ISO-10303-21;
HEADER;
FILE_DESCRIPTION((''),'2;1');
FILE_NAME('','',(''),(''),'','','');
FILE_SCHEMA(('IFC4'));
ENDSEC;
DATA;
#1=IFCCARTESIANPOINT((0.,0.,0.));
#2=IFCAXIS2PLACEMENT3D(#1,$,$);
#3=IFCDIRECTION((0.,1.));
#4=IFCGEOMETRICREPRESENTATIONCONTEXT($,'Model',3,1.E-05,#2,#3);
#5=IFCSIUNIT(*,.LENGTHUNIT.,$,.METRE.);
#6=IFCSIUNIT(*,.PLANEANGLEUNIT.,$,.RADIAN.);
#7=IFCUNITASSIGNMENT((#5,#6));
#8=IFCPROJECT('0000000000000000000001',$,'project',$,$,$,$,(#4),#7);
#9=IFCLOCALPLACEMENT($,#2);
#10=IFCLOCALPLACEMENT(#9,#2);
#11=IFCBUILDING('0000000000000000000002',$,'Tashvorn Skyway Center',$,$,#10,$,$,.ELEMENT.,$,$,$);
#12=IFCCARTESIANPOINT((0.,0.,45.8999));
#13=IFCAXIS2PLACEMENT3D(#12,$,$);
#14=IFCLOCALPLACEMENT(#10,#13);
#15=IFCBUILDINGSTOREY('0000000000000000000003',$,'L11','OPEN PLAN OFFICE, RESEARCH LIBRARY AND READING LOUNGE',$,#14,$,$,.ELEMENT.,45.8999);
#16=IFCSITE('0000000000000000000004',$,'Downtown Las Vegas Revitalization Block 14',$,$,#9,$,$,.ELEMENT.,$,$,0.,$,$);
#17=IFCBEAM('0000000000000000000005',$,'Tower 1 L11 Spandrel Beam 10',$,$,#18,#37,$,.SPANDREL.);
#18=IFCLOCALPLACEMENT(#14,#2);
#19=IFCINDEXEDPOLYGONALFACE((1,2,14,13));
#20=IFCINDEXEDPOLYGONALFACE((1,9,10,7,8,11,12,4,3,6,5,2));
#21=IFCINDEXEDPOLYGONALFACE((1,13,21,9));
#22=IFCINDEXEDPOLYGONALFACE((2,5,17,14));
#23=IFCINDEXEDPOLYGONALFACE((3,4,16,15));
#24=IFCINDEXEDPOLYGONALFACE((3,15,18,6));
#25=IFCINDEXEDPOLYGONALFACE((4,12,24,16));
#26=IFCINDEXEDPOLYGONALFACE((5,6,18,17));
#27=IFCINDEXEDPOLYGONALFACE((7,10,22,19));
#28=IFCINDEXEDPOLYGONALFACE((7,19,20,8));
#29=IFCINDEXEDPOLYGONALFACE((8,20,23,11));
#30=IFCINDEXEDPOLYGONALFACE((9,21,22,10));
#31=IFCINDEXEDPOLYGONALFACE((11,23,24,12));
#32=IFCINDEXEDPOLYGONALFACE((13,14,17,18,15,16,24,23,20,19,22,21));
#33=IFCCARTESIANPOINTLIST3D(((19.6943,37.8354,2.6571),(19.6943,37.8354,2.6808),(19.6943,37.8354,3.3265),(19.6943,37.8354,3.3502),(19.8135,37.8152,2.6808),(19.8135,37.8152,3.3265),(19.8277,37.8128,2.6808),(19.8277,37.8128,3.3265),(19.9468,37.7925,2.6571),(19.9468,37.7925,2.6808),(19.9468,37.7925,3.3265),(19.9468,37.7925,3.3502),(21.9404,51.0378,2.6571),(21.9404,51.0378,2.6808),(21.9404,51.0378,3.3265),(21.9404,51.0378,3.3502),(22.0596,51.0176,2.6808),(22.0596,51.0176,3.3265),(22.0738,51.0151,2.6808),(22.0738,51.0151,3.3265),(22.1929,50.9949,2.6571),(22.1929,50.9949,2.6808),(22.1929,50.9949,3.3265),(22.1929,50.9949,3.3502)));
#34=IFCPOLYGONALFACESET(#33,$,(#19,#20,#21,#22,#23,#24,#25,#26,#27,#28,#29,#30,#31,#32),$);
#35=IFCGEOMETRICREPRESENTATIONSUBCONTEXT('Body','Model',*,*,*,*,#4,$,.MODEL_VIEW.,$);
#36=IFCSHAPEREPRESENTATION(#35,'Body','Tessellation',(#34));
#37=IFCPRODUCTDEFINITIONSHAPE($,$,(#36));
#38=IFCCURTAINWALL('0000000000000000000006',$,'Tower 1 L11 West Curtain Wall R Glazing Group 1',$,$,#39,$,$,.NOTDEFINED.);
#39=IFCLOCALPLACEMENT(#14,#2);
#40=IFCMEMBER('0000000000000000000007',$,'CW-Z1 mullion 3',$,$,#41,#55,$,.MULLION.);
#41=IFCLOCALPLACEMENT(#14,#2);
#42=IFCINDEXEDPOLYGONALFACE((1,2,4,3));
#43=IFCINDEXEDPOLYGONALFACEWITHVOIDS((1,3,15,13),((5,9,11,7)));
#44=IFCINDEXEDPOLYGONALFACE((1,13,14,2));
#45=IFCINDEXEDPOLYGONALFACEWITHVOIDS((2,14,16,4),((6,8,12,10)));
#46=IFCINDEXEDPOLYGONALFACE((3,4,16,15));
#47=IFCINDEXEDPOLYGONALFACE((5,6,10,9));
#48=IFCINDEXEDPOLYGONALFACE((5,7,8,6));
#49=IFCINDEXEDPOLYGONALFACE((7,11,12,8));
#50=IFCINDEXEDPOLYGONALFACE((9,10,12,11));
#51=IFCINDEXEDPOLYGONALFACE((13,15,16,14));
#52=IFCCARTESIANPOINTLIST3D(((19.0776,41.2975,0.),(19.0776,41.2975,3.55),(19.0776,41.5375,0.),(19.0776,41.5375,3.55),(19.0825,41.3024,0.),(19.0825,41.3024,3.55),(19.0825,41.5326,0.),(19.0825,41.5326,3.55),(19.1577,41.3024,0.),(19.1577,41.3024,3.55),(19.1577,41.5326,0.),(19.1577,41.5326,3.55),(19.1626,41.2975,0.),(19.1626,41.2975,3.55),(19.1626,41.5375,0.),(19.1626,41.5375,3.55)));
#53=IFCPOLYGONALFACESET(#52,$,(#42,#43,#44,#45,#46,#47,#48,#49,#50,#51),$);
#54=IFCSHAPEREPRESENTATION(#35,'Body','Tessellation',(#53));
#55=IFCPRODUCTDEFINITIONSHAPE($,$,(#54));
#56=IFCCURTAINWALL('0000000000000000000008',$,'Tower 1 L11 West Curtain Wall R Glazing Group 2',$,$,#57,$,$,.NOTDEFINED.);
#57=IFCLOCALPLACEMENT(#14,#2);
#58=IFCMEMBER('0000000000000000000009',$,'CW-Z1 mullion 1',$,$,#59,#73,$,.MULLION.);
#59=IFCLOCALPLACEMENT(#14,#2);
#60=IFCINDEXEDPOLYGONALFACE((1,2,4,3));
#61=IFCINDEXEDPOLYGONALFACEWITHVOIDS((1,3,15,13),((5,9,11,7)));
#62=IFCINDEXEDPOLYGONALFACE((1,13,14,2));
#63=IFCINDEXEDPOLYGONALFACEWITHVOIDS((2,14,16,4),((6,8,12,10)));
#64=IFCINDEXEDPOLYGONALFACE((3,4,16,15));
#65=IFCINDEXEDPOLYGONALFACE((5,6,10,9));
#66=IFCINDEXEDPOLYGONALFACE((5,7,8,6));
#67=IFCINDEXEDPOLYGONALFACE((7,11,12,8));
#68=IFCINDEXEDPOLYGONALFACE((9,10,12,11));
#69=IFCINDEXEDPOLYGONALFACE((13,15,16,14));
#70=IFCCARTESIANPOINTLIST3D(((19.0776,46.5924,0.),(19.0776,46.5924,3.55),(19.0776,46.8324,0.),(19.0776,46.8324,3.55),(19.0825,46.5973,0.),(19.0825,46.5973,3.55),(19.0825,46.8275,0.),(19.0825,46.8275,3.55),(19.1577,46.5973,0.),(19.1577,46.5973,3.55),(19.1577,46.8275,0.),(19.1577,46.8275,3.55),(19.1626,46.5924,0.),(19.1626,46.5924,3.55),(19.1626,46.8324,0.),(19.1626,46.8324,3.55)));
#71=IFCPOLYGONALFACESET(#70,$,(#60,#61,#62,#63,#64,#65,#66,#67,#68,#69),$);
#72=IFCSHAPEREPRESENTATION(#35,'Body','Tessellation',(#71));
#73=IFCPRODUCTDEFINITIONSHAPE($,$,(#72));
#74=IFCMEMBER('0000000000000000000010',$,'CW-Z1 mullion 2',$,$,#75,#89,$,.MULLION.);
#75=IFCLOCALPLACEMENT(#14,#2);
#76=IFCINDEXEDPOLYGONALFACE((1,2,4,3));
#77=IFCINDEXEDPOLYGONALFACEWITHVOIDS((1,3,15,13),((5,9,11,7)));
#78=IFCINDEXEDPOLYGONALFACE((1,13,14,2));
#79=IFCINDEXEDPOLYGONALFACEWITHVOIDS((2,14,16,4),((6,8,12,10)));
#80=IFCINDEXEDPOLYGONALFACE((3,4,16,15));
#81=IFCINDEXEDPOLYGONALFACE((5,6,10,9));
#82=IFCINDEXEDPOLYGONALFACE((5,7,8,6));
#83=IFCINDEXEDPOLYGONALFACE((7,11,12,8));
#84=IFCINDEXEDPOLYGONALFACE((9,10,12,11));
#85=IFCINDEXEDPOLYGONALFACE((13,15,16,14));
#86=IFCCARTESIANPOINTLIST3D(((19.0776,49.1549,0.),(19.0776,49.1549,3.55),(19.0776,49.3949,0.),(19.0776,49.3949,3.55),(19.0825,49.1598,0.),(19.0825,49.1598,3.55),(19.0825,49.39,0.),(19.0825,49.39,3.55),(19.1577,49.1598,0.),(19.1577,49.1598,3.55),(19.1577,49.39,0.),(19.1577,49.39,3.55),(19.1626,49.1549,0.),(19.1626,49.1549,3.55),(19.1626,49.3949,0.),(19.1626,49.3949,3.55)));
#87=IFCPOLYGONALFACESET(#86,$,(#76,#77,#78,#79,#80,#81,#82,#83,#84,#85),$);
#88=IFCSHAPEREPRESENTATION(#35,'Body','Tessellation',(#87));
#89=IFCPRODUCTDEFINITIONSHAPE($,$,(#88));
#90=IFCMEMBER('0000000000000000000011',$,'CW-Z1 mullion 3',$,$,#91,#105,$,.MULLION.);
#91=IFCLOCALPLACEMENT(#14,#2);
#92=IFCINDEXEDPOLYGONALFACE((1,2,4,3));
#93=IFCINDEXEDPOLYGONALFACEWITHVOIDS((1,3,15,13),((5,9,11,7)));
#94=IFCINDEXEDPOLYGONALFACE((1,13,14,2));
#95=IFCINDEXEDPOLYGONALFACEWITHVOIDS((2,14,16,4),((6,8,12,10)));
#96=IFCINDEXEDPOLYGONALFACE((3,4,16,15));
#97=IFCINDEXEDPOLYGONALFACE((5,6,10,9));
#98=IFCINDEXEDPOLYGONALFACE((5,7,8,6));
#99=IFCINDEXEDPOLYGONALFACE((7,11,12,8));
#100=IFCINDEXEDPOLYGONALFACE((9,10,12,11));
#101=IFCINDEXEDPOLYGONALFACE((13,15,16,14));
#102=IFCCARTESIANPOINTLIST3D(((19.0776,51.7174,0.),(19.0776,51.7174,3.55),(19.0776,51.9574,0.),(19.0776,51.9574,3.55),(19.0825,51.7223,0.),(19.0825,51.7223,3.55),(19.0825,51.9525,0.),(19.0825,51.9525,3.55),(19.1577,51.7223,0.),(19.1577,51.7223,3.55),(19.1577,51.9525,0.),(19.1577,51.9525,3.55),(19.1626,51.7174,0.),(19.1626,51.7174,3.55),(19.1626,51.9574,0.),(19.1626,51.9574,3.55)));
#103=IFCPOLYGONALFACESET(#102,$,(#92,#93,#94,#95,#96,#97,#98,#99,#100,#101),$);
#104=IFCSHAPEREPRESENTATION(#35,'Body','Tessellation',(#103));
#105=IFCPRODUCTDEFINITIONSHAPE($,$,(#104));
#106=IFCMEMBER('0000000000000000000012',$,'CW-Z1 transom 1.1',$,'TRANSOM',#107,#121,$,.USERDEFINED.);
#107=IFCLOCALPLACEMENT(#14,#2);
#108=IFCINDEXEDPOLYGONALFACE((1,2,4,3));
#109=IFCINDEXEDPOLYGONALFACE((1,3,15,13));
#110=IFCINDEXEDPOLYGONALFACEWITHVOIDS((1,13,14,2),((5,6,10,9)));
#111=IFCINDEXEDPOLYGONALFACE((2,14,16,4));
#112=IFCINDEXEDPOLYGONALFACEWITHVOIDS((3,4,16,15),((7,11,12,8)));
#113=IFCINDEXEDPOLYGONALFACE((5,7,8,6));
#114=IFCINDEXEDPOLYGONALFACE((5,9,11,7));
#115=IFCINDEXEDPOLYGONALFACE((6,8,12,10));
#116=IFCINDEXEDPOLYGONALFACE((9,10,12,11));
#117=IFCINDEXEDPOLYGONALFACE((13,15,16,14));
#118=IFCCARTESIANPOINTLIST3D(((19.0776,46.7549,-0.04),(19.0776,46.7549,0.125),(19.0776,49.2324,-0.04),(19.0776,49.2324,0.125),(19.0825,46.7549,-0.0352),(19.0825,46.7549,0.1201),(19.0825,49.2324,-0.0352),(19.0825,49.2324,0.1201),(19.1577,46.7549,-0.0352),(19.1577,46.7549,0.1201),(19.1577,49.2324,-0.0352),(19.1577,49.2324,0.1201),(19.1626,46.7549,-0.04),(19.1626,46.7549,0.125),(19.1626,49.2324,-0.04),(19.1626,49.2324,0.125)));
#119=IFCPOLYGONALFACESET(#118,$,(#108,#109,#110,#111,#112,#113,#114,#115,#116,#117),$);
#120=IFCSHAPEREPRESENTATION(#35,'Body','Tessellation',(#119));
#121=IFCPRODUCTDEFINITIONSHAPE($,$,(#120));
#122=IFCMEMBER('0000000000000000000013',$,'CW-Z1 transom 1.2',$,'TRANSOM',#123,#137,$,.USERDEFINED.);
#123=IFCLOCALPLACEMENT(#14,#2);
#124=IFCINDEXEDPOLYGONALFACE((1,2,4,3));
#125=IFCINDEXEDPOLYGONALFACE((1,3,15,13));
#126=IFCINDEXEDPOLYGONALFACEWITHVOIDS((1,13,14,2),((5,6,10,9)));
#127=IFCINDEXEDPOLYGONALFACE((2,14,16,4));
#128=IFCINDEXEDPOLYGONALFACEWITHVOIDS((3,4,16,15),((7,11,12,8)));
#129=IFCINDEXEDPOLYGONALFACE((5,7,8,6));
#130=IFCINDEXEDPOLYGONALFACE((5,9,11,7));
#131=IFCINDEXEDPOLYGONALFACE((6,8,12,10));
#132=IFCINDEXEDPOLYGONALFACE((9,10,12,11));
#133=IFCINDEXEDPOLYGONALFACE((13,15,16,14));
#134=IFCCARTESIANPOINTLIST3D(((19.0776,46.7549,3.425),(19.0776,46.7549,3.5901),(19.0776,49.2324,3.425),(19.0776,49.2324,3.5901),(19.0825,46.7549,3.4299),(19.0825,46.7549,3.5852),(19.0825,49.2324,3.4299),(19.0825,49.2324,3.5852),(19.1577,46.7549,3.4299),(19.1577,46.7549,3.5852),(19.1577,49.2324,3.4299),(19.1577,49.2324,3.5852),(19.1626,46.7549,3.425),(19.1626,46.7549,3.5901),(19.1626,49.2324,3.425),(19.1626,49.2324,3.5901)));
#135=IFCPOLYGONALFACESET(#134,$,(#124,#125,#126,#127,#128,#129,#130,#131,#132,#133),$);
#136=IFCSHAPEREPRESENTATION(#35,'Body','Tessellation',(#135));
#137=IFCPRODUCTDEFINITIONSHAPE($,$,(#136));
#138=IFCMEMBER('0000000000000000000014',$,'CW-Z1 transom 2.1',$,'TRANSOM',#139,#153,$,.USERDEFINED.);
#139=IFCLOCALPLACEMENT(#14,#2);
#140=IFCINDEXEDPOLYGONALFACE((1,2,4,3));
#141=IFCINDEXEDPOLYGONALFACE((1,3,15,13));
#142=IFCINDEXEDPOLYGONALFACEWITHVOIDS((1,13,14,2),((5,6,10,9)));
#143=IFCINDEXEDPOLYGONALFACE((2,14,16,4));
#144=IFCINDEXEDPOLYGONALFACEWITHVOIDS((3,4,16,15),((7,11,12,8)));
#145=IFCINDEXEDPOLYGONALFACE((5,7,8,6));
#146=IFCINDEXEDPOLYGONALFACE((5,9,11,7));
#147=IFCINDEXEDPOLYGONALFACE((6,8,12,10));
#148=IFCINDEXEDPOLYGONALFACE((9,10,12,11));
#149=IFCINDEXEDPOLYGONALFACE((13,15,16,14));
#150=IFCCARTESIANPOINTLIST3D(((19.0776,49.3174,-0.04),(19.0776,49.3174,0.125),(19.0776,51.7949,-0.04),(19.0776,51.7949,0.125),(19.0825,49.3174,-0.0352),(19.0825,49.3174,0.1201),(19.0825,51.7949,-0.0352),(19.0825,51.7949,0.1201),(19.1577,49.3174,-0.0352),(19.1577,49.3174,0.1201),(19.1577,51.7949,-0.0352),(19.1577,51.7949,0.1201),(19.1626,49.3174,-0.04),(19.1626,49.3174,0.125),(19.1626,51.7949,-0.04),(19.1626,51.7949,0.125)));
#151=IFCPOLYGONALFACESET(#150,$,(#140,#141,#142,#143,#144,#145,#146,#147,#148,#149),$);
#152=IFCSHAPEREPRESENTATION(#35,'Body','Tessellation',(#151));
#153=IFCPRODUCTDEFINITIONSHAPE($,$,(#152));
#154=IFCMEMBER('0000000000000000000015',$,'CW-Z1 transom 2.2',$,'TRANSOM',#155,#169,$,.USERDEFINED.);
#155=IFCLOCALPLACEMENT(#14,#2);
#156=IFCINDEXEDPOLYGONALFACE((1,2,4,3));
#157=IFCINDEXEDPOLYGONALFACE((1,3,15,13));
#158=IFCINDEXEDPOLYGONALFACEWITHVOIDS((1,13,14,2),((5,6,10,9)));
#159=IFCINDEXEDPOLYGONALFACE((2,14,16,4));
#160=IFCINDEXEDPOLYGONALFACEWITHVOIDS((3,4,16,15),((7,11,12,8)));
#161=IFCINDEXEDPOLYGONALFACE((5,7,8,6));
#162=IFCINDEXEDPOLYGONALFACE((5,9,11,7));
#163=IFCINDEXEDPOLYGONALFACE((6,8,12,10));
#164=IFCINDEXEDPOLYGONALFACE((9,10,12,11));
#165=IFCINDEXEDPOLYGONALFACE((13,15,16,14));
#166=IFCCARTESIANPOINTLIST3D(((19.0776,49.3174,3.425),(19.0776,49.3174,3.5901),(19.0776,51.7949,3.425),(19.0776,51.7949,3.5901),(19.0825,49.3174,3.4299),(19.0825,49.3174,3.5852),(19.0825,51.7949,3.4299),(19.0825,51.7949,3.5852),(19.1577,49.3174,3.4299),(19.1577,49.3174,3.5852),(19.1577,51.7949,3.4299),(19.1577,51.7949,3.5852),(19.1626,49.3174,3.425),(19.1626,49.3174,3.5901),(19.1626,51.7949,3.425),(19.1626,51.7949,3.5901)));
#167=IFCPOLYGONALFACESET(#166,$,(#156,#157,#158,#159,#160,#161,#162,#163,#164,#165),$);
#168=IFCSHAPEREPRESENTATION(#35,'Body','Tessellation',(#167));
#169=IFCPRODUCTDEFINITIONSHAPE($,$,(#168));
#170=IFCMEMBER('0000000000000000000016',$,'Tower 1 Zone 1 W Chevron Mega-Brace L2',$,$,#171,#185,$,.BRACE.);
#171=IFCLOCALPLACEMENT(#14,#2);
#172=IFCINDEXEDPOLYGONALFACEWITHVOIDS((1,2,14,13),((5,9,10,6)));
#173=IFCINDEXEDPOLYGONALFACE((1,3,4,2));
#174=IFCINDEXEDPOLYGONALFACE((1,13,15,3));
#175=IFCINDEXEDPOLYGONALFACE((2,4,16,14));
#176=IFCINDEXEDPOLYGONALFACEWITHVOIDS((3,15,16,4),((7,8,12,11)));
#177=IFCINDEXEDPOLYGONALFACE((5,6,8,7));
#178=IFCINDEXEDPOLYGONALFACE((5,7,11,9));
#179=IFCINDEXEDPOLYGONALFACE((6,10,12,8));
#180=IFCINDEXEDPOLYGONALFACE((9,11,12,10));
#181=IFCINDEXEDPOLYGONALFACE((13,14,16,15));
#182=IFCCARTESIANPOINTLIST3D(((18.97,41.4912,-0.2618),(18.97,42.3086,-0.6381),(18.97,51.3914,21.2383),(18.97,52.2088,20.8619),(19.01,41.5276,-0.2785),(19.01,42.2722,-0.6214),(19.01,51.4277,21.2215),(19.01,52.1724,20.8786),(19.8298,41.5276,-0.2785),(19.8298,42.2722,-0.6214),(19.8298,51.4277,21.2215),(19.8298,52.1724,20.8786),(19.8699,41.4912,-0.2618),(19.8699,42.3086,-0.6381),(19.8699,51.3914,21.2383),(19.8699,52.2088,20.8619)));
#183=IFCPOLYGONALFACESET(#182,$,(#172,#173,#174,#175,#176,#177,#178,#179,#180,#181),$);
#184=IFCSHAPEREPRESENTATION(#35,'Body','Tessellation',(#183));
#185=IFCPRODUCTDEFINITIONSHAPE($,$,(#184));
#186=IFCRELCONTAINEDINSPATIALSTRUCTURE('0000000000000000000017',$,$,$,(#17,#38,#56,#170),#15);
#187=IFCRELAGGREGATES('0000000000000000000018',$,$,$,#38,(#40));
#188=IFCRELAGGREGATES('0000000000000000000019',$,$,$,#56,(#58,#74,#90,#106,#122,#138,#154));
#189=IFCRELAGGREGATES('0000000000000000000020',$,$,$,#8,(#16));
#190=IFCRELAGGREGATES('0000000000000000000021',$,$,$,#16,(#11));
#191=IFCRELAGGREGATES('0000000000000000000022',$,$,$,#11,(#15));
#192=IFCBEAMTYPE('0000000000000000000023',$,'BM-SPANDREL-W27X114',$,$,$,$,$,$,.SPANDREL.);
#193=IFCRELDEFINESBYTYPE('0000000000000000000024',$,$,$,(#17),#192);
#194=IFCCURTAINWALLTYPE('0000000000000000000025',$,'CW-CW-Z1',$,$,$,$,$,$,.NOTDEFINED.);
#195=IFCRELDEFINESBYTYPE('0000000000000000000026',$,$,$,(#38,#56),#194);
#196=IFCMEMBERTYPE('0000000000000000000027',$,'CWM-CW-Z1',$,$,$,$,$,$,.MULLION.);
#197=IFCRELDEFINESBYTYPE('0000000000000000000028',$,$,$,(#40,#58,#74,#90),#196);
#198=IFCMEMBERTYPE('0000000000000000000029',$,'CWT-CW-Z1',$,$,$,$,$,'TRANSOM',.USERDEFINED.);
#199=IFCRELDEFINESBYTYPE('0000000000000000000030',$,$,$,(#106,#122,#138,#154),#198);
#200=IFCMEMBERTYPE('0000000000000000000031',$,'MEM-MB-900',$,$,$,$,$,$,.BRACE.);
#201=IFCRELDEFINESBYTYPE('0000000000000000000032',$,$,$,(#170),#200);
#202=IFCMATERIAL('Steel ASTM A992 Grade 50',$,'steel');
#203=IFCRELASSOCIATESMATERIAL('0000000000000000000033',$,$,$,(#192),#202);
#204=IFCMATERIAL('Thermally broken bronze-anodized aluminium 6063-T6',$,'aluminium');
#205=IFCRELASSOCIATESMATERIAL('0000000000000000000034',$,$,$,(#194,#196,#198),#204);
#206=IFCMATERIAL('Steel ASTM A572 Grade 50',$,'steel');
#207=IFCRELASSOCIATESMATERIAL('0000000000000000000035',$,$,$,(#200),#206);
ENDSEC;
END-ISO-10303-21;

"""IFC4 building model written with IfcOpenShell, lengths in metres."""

from ifc_helpers import new_model, si_unit, direction, frame, origin, origin_2d, place, context, subcontext, project, spatial, hollow_rectangle, i_section, extrude, material, material_profile, profile_set, type_object, element, aggregate, save


model = new_model("IFC4")

# Units and contexts
model_context = context("Model", 3, precision=1e-05, world=origin(), true_north=direction((0.0, 1.0)))
body_context = subcontext(model_context, "Body", "Model", "MODEL_VIEW")
ifc_project = project(units=[si_unit("LENGTHUNIT", "METRE"), si_unit("PLANEANGLEUNIT", "RADIAN")], contexts=[model_context])

# Site, building, storey
site_placement = place(None, origin())
site = spatial("IfcSite", under=ifc_project, at=site_placement, Name="Downtown Las Vegas Revitalization Block 14", CompositionType="ELEMENT", RefElevation=0.0)
building_placement = place(site_placement, origin())
building = spatial("IfcBuilding", under=site, at=building_placement, Name="Tashvorn Skyway Center", CompositionType="ELEMENT")
storey_placement = place(building_placement, frame((0.0, 0.0, 45.8999)))
storey = spatial("IfcBuildingStorey", under=building, at=storey_placement, Name="L11", Description="OPEN PLAN OFFICE, RESEARCH LIBRARY AND READING LOUNGE", CompositionType="ELEMENT", Elevation=45.8999)

# Beam
ifc_material_1 = material(Name="Steel ASTM A992 Grade 50", Category="steel")
ifc_material_profile_1 = material_profile(ifc_material_1, i_section(OverallWidth=0.2561, OverallDepth=0.6931, WebThickness=0.0144, FlangeThickness=0.0237, at=origin_2d()), Name="W27X114")
ifc_profile_set_1 = profile_set([ifc_material_profile_1], Name="Steel ASTM A992 Grade 50")
beam_type = type_object("IfcBeamType", Name="BM-SPANDREL-W27X114", PredefinedType="SPANDREL", material=ifc_profile_set_1)
beam_placement = place(storey_placement, frame((22.0667, 51.0164, 3.0037), z_axis=(-0.167718, -0.985835, 0.0), x_axis=(0.985835, -0.167718, 0.0)))
element("IfcBeam", 1, at=beam_placement, inside=storey, type_object=beam_type, Name="Tower 1 L11 Spandrel Beam 10", PredefinedType="SPANDREL", context=body_context, shape_type="SweptSolid", body=[
    extrude(i_section(OverallWidth=0.2561, OverallDepth=0.6931, WebThickness=0.0144, FlangeThickness=0.0237, at=origin_2d()), origin(), (0.0, 0.0, 1.0), 13.3921),
])

# Curtain wall, member
ifc_material_2 = material(Name="Thermally broken bronze-anodized aluminium 6063-T6", Category="aluminium")
curtain_wall_type = type_object("IfcCurtainWallType", Name="CW-CW-Z1", PredefinedType="NOTDEFINED", material=ifc_material_2)
curtain_wall_1_placement = place(storey_placement, origin())
curtain_wall_1 = element("IfcCurtainWall", 2, at=curtain_wall_1_placement, inside=storey, type_object=curtain_wall_type, Name="Tower 1 L11 West Curtain Wall R Glazing Group 1", PredefinedType="NOTDEFINED")
ifc_material_profile_2 = material_profile(ifc_material_2, hollow_rectangle(XDim=0.085, YDim=0.24, WallThickness=0.0049, at=origin_2d()), Name="ALU-MULL-85x240")
ifc_profile_set_2 = profile_set([ifc_material_profile_2], Name="Thermally broken bronze-anodized aluminium 6063-T6")
member_type_1 = type_object("IfcMemberType", Name="CWM-CW-Z1", PredefinedType="MULLION", material=ifc_profile_set_2)
member_1_placement = place(storey_placement, frame((19.1201, 41.4175, 0.0), z_axis=(0.0, 0.0, 1.0), x_axis=(-1.0, 0.0, 0.0)))
member_1 = element("IfcMember", 3, at=member_1_placement, type_object=member_type_1, Name="CW-Z1 mullion 3", PredefinedType="MULLION", context=body_context, shape_type="SweptSolid", body=[
    extrude(hollow_rectangle(XDim=0.085, YDim=0.24, WallThickness=0.0049, at=origin_2d()), origin(), (0.0, 0.0, 1.0), 3.55),
])

# Curtain wall, members
curtain_wall_2_placement = place(storey_placement, origin())
curtain_wall_2 = element("IfcCurtainWall", 4, at=curtain_wall_2_placement, inside=storey, type_object=curtain_wall_type, Name="Tower 1 L11 West Curtain Wall R Glazing Group 2", PredefinedType="NOTDEFINED")
member_2_placement = place(storey_placement, frame((19.1201, 46.7124, 0.0), z_axis=(0.0, 0.0, 1.0), x_axis=(-1.0, 0.0, 0.0)))
member_2 = element("IfcMember", 5, at=member_2_placement, type_object=member_type_1, Name="CW-Z1 mullion 1", PredefinedType="MULLION", context=body_context, shape_type="SweptSolid", body=[
    extrude(hollow_rectangle(XDim=0.085, YDim=0.24, WallThickness=0.0049, at=origin_2d()), origin(), (0.0, 0.0, 1.0), 3.55),
])
member_3_placement = place(storey_placement, frame((19.1201, 49.2749, 0.0), z_axis=(0.0, 0.0, 1.0), x_axis=(-1.0, 0.0, 0.0)))
member_3 = element("IfcMember", 6, at=member_3_placement, type_object=member_type_1, Name="CW-Z1 mullion 2", PredefinedType="MULLION", context=body_context, shape_type="SweptSolid", body=[
    extrude(hollow_rectangle(XDim=0.085, YDim=0.24, WallThickness=0.0049, at=origin_2d()), origin(), (0.0, 0.0, 1.0), 3.55),
])
member_4_placement = place(storey_placement, frame((19.1201, 51.8374, 0.0), z_axis=(0.0, 0.0, 1.0), x_axis=(-1.0, 0.0, 0.0)))
member_4 = element("IfcMember", 7, at=member_4_placement, type_object=member_type_1, Name="CW-Z1 mullion 3", PredefinedType="MULLION", context=body_context, shape_type="SweptSolid", body=[
    extrude(hollow_rectangle(XDim=0.085, YDim=0.24, WallThickness=0.0049, at=origin_2d()), origin(), (0.0, 0.0, 1.0), 3.55),
])
ifc_material_profile_3 = material_profile(ifc_material_2, hollow_rectangle(XDim=0.085, YDim=0.165, WallThickness=0.0049, at=origin_2d()), Name="ALU-TRAN-85x165")
ifc_profile_set_3 = profile_set([ifc_material_profile_3], Name="Thermally broken bronze-anodized aluminium 6063-T6")
member_type_2 = type_object("IfcMemberType", Name="CWT-CW-Z1", ElementType="TRANSOM", PredefinedType="USERDEFINED", material=ifc_profile_set_3)
member_5_placement = place(storey_placement, frame((19.1201, 46.7549, 0.0425), z_axis=(0.0, 1.0, 0.0), x_axis=(-1.0, 0.0, 0.0)))
member_5 = element("IfcMember", 8, at=member_5_placement, type_object=member_type_2, Name="CW-Z1 transom 1.1", ObjectType="TRANSOM", PredefinedType="USERDEFINED", context=body_context, shape_type="SweptSolid", body=[
    extrude(hollow_rectangle(XDim=0.085, YDim=0.165, WallThickness=0.0049, at=origin_2d()), origin(), (0.0, 0.0, 1.0), 2.4775),
])
member_6_placement = place(storey_placement, frame((19.1201, 46.7549, 3.5076), z_axis=(0.0, 1.0, 0.0), x_axis=(-1.0, 0.0, 0.0)))
member_6 = element("IfcMember", 9, at=member_6_placement, type_object=member_type_2, Name="CW-Z1 transom 1.2", ObjectType="TRANSOM", PredefinedType="USERDEFINED", context=body_context, shape_type="SweptSolid", body=[
    extrude(hollow_rectangle(XDim=0.085, YDim=0.165, WallThickness=0.0049, at=origin_2d()), origin(), (0.0, 0.0, 1.0), 2.4775),
])
member_7_placement = place(storey_placement, frame((19.1201, 49.3174, 0.0425), z_axis=(0.0, 1.0, 0.0), x_axis=(-1.0, 0.0, 0.0)))
member_7 = element("IfcMember", 10, at=member_7_placement, type_object=member_type_2, Name="CW-Z1 transom 2.1", ObjectType="TRANSOM", PredefinedType="USERDEFINED", context=body_context, shape_type="SweptSolid", body=[
    extrude(hollow_rectangle(XDim=0.085, YDim=0.165, WallThickness=0.0049, at=origin_2d()), origin(), (0.0, 0.0, 1.0), 2.4775),
])
member_8_placement = place(storey_placement, frame((19.1201, 49.3174, 3.5076), z_axis=(0.0, 1.0, 0.0), x_axis=(-1.0, 0.0, 0.0)))
member_8 = element("IfcMember", 11, at=member_8_placement, type_object=member_type_2, Name="CW-Z1 transom 2.2", ObjectType="TRANSOM", PredefinedType="USERDEFINED", context=body_context, shape_type="SweptSolid", body=[
    extrude(hollow_rectangle(XDim=0.085, YDim=0.165, WallThickness=0.0049, at=origin_2d()), origin(), (0.0, 0.0, 1.0), 2.4775),
])

# Member
ifc_material_3 = material(Name="Steel ASTM A572 Grade 50", Category="steel")
ifc_material_profile_4 = material_profile(ifc_material_3, hollow_rectangle(XDim=0.8999, YDim=0.8999, WallThickness=0.04, at=origin_2d()), Name="BOX900x900x40")
ifc_profile_set_4 = profile_set([ifc_material_profile_4], Name="Steel ASTM A572 Grade 50")
member_type_3 = type_object("IfcMemberType", Name="MEM-MB-900", PredefinedType="BRACE", material=ifc_profile_set_4)
member_9_placement = place(storey_placement, frame((19.4199, 41.8999, -0.45), z_axis=(0.0, 0.418259, 0.908328), x_axis=(-1.0, 0.0, 0.0)))
element("IfcMember", 12, at=member_9_placement, inside=storey, type_object=member_type_3, Name="Tower 1 Zone 1 W Chevron Mega-Brace L2", PredefinedType="BRACE", context=body_context, shape_type="SweptSolid", body=[
    extrude(hollow_rectangle(XDim=0.8999, YDim=0.8999, WallThickness=0.04, at=origin_2d()), origin(), (0.0, 0.0, 1.0), 23.6699),
])

aggregate(curtain_wall_1, [member_1])
aggregate(curtain_wall_2, [member_2, member_3, member_4, member_5, member_6, member_7, member_8])

save(model, "model.ifc")
